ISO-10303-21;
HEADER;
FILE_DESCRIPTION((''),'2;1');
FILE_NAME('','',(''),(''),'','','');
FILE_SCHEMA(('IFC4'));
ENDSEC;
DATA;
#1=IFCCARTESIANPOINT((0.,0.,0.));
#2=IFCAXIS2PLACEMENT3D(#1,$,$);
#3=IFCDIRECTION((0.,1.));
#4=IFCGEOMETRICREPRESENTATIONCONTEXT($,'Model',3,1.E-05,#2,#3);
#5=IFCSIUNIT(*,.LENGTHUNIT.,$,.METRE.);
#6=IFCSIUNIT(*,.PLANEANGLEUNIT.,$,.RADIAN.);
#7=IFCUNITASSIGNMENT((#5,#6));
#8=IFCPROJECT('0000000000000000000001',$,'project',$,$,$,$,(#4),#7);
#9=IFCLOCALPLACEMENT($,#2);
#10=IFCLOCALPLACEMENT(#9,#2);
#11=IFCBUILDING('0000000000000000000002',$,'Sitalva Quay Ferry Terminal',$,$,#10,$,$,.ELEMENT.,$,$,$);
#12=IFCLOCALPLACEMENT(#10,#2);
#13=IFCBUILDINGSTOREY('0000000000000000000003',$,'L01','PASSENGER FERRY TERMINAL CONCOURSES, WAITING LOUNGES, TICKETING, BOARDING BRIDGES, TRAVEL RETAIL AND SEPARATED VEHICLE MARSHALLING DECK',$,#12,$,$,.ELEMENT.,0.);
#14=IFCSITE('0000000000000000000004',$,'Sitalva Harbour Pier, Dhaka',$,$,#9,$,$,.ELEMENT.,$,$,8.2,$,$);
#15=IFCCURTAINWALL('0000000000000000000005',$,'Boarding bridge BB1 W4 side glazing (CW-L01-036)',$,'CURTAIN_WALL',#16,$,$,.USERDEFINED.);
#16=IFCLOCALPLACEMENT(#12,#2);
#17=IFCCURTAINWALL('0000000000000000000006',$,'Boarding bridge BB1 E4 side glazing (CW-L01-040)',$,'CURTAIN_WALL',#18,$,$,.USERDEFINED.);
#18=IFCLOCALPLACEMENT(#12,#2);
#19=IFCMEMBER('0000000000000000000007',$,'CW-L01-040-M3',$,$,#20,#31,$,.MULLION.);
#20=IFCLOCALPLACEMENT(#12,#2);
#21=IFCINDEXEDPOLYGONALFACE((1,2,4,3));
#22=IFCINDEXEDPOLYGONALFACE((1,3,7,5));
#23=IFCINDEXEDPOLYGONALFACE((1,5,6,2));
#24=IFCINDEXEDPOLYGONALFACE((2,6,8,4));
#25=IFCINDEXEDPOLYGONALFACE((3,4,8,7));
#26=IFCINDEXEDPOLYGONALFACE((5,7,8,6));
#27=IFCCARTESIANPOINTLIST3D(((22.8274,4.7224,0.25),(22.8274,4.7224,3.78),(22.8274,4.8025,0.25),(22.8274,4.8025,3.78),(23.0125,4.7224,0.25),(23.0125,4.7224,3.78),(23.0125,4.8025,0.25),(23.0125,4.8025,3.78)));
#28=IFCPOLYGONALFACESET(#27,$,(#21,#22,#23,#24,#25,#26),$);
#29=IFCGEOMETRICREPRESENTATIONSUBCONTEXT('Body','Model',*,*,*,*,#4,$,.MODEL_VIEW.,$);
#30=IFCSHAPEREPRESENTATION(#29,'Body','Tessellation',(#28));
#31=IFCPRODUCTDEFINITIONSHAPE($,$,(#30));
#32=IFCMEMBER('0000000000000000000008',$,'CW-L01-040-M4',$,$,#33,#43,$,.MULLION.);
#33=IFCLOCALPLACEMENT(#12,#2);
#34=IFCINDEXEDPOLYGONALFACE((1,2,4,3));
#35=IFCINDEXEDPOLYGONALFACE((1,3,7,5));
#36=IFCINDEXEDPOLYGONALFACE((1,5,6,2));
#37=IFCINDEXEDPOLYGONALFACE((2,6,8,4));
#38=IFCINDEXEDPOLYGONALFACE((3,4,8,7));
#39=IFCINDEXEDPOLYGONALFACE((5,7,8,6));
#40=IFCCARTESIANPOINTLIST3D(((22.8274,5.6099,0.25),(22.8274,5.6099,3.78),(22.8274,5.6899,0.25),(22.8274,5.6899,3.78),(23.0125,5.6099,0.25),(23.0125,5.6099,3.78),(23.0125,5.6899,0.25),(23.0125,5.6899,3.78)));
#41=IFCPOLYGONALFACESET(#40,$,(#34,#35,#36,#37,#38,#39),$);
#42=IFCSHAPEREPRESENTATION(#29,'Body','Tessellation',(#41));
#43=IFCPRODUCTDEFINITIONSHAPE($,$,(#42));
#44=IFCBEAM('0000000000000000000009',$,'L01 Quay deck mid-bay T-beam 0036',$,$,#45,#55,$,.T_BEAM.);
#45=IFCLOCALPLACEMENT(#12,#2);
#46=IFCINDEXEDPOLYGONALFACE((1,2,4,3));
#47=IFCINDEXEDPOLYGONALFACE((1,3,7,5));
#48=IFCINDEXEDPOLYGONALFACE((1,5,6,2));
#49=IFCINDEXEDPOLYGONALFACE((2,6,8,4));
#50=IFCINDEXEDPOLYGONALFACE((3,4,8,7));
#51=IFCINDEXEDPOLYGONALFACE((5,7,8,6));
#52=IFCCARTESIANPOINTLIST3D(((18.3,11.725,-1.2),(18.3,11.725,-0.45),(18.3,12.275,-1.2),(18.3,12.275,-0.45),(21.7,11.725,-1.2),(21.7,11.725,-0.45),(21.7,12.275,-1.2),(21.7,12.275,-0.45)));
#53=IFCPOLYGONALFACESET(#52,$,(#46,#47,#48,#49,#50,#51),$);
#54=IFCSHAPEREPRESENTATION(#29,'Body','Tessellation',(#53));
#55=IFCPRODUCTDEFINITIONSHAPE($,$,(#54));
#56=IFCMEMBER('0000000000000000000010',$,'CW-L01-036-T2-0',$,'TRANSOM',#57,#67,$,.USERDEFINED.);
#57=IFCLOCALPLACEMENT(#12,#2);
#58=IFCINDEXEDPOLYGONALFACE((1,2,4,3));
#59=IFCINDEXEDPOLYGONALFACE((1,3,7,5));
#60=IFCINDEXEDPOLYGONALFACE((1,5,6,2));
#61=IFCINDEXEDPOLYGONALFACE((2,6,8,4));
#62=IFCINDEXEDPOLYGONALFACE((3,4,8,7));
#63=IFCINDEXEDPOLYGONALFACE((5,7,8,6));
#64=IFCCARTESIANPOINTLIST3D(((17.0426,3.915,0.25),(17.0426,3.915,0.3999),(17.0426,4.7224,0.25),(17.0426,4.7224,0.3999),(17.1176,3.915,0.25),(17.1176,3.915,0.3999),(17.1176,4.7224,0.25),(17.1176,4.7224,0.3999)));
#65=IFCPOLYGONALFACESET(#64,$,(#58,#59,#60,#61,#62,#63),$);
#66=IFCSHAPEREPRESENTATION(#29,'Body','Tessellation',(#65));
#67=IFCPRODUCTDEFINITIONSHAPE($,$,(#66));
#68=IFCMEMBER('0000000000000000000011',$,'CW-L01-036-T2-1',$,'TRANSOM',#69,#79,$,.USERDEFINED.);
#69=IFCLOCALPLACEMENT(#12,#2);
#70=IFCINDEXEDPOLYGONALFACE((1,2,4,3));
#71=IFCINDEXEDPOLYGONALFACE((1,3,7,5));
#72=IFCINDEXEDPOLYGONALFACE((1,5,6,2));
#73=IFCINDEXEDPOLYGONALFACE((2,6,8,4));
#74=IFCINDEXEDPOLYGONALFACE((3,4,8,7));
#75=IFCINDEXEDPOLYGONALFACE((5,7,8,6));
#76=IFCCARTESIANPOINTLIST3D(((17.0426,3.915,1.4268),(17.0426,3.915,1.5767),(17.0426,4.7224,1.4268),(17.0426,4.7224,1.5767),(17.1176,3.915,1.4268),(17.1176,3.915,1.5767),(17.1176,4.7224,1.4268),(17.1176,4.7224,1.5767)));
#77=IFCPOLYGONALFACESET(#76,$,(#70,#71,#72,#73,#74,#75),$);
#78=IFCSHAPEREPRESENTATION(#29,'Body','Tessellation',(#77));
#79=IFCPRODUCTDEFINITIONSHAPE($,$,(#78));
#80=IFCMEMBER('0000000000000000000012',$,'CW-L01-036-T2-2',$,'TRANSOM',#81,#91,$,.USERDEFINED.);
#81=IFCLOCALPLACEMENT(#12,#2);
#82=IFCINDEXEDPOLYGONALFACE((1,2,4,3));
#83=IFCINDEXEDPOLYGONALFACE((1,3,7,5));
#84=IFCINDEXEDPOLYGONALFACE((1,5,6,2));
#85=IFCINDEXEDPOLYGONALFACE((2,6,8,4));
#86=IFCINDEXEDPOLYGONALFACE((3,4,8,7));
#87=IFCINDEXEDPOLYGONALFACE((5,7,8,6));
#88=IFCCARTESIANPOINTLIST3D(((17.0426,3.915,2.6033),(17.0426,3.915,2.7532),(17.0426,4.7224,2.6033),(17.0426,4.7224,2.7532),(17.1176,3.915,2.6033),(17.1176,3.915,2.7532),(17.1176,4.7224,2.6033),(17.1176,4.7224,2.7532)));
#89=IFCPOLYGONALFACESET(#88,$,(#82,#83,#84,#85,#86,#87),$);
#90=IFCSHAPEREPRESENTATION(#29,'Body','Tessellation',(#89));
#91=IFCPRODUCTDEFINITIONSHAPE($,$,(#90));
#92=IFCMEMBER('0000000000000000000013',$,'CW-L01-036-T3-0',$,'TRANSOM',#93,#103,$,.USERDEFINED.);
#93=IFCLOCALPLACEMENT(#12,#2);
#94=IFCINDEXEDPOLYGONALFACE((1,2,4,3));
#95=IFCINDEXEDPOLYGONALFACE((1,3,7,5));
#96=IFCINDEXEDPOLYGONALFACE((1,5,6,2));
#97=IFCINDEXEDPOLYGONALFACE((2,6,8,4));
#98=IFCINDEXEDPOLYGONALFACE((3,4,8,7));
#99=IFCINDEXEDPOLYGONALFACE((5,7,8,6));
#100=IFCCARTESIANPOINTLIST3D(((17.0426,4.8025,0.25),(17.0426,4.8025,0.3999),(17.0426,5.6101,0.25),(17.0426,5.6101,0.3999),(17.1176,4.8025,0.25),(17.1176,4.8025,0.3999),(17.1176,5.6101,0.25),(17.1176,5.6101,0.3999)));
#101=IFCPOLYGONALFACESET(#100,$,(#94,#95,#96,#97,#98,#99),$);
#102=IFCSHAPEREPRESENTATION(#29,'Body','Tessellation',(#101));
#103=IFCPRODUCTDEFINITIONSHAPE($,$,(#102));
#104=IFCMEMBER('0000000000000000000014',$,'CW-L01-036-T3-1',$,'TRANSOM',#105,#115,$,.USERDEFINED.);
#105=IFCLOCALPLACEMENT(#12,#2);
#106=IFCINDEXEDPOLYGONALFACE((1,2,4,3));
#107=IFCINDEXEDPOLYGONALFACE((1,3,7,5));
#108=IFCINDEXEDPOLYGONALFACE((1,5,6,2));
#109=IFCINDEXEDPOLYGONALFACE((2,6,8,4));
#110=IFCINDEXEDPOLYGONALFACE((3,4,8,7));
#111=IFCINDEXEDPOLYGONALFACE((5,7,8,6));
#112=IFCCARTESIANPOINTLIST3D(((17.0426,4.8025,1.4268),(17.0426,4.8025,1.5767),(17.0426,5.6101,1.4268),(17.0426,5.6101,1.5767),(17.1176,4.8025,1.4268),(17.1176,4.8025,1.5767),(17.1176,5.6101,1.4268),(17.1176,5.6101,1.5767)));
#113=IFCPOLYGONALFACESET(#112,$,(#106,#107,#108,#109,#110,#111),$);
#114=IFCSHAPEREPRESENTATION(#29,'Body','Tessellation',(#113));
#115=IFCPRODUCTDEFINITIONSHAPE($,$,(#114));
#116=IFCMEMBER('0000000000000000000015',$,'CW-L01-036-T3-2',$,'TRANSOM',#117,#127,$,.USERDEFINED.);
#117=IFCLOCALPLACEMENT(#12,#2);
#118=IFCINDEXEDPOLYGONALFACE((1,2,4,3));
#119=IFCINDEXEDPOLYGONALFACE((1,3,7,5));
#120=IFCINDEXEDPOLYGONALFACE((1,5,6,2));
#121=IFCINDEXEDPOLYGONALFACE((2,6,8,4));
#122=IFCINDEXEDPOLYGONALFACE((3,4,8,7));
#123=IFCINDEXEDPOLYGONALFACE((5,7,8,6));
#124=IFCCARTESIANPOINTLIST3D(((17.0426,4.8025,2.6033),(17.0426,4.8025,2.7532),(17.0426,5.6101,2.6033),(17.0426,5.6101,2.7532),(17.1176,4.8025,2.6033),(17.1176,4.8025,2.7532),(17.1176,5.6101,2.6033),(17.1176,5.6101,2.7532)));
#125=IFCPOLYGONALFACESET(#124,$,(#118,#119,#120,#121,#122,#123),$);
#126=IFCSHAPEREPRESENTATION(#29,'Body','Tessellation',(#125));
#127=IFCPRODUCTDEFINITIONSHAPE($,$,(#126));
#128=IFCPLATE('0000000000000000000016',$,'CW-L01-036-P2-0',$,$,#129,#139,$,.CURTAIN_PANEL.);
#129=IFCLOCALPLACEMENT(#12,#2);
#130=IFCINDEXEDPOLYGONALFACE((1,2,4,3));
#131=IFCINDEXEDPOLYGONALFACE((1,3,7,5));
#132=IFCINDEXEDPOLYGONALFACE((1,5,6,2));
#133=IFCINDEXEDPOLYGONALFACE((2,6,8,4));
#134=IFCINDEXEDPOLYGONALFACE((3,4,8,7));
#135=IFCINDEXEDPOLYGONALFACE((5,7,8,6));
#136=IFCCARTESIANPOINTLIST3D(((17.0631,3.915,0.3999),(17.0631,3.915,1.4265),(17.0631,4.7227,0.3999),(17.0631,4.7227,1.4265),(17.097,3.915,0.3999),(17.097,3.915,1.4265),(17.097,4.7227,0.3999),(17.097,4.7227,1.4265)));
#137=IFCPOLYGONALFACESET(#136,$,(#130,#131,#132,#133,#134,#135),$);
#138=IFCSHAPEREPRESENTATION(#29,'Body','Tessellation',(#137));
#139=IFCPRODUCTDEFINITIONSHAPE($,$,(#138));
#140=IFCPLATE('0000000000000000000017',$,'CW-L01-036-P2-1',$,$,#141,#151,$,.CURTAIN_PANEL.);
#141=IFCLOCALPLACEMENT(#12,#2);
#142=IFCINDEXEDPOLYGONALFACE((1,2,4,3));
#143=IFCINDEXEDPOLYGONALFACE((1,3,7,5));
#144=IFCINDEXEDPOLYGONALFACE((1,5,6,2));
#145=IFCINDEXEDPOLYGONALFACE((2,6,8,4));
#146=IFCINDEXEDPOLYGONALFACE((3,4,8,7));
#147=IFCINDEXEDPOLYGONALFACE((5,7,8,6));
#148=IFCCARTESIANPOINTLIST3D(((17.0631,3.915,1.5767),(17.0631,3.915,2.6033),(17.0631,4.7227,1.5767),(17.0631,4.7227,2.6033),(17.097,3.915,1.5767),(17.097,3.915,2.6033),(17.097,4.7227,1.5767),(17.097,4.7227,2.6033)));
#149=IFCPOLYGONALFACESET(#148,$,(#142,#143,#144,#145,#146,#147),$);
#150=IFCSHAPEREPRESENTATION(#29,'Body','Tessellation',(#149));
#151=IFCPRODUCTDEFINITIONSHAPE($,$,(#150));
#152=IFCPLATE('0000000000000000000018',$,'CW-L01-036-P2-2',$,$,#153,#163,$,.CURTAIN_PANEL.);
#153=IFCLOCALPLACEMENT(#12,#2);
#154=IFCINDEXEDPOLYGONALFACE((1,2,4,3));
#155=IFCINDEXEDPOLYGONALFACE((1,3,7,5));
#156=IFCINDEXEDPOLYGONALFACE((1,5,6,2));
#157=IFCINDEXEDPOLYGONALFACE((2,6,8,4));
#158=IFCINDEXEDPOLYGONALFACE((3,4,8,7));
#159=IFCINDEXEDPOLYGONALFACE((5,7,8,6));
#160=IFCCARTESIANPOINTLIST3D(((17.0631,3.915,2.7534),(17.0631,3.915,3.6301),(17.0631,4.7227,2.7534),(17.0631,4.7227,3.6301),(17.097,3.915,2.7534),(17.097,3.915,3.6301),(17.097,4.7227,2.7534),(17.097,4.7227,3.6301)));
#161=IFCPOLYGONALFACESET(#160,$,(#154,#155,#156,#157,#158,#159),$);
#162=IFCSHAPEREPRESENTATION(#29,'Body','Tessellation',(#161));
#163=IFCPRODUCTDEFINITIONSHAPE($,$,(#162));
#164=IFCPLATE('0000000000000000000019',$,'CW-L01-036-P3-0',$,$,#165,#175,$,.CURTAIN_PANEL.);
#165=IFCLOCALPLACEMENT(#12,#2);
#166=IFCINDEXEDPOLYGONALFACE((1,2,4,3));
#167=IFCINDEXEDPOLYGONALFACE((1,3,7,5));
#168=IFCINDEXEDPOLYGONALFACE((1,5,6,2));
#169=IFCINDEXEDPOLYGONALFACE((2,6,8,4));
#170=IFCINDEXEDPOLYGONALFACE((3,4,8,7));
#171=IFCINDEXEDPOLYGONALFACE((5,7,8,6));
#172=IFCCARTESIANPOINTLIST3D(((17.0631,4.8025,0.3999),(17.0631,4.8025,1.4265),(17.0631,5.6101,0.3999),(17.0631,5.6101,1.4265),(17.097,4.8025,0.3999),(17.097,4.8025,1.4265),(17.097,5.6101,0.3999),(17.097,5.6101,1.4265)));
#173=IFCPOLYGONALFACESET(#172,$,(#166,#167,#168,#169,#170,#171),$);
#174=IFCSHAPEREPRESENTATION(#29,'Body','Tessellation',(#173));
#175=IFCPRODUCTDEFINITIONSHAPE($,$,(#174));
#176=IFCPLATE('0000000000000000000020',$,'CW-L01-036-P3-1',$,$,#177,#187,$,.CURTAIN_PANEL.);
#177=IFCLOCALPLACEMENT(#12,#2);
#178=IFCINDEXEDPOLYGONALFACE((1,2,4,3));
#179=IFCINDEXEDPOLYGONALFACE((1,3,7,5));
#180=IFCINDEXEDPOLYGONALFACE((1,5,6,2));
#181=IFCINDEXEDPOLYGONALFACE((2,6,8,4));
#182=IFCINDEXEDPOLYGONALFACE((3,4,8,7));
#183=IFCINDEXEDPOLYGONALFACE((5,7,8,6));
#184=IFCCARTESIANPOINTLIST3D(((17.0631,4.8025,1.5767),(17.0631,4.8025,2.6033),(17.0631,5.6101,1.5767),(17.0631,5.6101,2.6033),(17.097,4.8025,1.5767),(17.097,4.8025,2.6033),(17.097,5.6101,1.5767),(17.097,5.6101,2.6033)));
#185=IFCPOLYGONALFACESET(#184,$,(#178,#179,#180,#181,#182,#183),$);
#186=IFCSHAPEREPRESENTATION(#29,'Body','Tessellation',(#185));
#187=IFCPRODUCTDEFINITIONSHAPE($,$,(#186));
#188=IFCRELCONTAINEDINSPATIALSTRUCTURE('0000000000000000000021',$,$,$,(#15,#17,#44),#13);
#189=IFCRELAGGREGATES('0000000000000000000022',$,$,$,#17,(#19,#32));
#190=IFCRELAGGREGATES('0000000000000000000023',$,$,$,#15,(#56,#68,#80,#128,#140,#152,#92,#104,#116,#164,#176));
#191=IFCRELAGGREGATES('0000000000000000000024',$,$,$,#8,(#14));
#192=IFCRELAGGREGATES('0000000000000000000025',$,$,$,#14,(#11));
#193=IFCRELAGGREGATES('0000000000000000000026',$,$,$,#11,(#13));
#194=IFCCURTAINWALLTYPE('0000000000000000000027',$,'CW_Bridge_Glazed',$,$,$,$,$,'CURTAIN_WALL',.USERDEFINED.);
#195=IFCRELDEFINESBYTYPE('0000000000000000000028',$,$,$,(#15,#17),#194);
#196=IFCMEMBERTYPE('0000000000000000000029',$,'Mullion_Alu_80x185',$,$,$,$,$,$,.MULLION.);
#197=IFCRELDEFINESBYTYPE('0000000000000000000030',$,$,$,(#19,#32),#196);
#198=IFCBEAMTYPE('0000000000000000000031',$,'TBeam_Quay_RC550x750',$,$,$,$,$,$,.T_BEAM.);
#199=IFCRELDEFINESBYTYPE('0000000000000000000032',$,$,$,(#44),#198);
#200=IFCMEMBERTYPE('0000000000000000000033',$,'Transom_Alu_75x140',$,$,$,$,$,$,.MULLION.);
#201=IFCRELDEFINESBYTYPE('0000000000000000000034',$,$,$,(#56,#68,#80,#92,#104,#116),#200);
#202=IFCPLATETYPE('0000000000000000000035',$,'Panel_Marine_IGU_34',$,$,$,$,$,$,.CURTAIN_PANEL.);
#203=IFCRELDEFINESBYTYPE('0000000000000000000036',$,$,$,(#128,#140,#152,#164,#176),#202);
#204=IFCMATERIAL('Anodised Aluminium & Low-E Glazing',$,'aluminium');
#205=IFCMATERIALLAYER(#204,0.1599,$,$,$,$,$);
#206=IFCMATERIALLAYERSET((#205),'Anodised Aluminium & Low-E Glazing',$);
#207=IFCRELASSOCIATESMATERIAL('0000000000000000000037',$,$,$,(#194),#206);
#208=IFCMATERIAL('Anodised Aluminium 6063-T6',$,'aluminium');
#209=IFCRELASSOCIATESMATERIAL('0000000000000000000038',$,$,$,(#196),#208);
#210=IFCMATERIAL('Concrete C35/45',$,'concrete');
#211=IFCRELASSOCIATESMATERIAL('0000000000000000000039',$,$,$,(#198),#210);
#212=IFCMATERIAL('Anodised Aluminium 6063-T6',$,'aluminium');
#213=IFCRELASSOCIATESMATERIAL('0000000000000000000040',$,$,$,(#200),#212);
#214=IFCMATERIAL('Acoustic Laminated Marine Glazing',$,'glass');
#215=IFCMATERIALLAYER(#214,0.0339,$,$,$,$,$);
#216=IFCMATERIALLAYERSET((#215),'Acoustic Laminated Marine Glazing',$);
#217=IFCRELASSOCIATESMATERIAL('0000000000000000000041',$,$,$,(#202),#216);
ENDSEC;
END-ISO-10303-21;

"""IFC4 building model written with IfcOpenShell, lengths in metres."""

from ifc_helpers import new_model, si_unit, direction, frame, origin, origin_2d, place, context, subcontext, project, spatial, rectangle, extrude, material, layer, layer_set, material_profile, profile_set, type_object, element, aggregate, save


model = new_model("IFC4")

# Units and contexts
model_context = context("Model", 3, precision=1e-05, world=origin(), true_north=direction((0.0, 1.0)))
body_context = subcontext(model_context, "Body", "Model", "MODEL_VIEW")
ifc_project = project(units=[si_unit("LENGTHUNIT", "METRE"), si_unit("PLANEANGLEUNIT", "RADIAN")], contexts=[model_context])

# Site, building, storey
site_placement = place(None, origin())
site = spatial("IfcSite", under=ifc_project, at=site_placement, Name="Sitalva Harbour Pier, Dhaka", CompositionType="ELEMENT", RefElevation=8.2)
building_placement = place(site_placement, origin())
building = spatial("IfcBuilding", under=site, at=building_placement, Name="Sitalva Quay Ferry Terminal", CompositionType="ELEMENT")
storey_placement = place(building_placement, origin())
storey = spatial("IfcBuildingStorey", under=building, at=storey_placement, Name="L01", Description="PASSENGER FERRY TERMINAL CONCOURSES, WAITING LOUNGES, TICKETING, BOARDING BRIDGES, TRAVEL RETAIL AND SEPARATED VEHICLE MARSHALLING DECK", CompositionType="ELEMENT", Elevation=0.0)

# Curtain walls, members
ifc_material_1 = material(Name="Anodised Aluminium & Low-E Glazing", Category="aluminium")
ifc_layer_1 = layer(ifc_material_1, 0.1599)
ifc_layer_set_1 = layer_set([ifc_layer_1], Name="Anodised Aluminium & Low-E Glazing")
curtain_wall_type = type_object("IfcCurtainWallType", Name="CW_Bridge_Glazed", ElementType="CURTAIN_WALL", PredefinedType="USERDEFINED", material=ifc_layer_set_1)
curtain_wall_1_placement = place(storey_placement, origin())
curtain_wall_1 = element("IfcCurtainWall", 1, at=curtain_wall_1_placement, inside=storey, type_object=curtain_wall_type, Name="Boarding bridge BB1 W4 side glazing (CW-L01-036)", ObjectType="CURTAIN_WALL", PredefinedType="USERDEFINED")
ifc_material_2 = material(Name="Anodised Aluminium 6063-T6", Category="aluminium")
ifc_material_profile_1 = material_profile(ifc_material_2, rectangle(XDim=0.0801, YDim=0.1851, at=origin_2d()), Name="ALU80x185")
ifc_profile_set_1 = profile_set([ifc_material_profile_1], Name="Anodised Aluminium 6063-T6")
member_type_1 = type_object("IfcMemberType", Name="Mullion_Alu_80x185", PredefinedType="MULLION", material=ifc_profile_set_1)
curtain_wall_2_placement = place(storey_placement, origin())
curtain_wall_2 = element("IfcCurtainWall", 2, at=curtain_wall_2_placement, inside=storey, type_object=curtain_wall_type, Name="Boarding bridge BB1 E4 side glazing (CW-L01-040)", ObjectType="CURTAIN_WALL", PredefinedType="USERDEFINED")
member_1_placement = place(storey_placement, frame((22.9199, 4.7625, 0.25), z_axis=(0.0, 0.0, 1.0), x_axis=(0.0, 1.0, 0.0)))
member_1 = element("IfcMember", 3, at=member_1_placement, type_object=member_type_1, Name="CW-L01-040-M3", PredefinedType="MULLION", context=body_context, shape_type="SweptSolid", body=[
    extrude(rectangle(XDim=0.0801, YDim=0.1851, at=origin_2d()), origin(), (0.0, 0.0, 1.0), 3.53),
])
member_2_placement = place(storey_placement, frame((22.9199, 5.6499, 0.25), z_axis=(0.0, 0.0, 1.0), x_axis=(0.0, 1.0, 0.0)))
member_2 = element("IfcMember", 4, at=member_2_placement, type_object=member_type_1, Name="CW-L01-040-M4", PredefinedType="MULLION", context=body_context, shape_type="SweptSolid", body=[
    extrude(rectangle(XDim=0.0801, YDim=0.1851, at=origin_2d()), origin(), (0.0, 0.0, 1.0), 3.53),
])
aggregate(curtain_wall_2, [member_1, member_2])

# Beam
ifc_material_3 = material(Name="Concrete C35/45", Category="concrete")
ifc_material_profile_2 = material_profile(ifc_material_3, rectangle(XDim=0.55, YDim=0.75, at=origin_2d()), Name="RC550x750")
ifc_profile_set_2 = profile_set([ifc_material_profile_2], Name="Concrete C35/45")
beam_type = type_object("IfcBeamType", Name="TBeam_Quay_RC550x750", PredefinedType="T_BEAM", material=ifc_profile_set_2)
beam_placement = place(storey_placement, frame((18.3, 12.0, -0.825), z_axis=(1.0, 0.0, 0.0), x_axis=(0.0, 1.0, 0.0)))
element("IfcBeam", 5, at=beam_placement, inside=storey, type_object=beam_type, Name="L01 Quay deck mid-bay T-beam 0036", PredefinedType="T_BEAM", context=body_context, shape_type="SweptSolid", body=[
    extrude(rectangle(XDim=0.55, YDim=0.75, at=origin_2d()), origin(), (0.0, 0.0, 1.0), 3.3999),
])

# Members
ifc_material_4 = material(Name="Anodised Aluminium 6063-T6", Category="aluminium")
ifc_material_profile_3 = material_profile(ifc_material_4, rectangle(XDim=0.075, YDim=0.1499, at=origin_2d()), Name="ALU75x150")
ifc_profile_set_3 = profile_set([ifc_material_profile_3], Name="Anodised Aluminium 6063-T6")
member_type_2 = type_object("IfcMemberType", Name="Transom_Alu_75x140", PredefinedType="MULLION", material=ifc_profile_set_3)
member_3_placement = place(storey_placement, frame((17.0801, 3.915, 0.325), z_axis=(0.0, 1.0, 0.0), x_axis=(-1.0, 0.0, 0.0)))
member_3 = element("IfcMember", 6, at=member_3_placement, type_object=member_type_2, Name="CW-L01-036-T2-0", ObjectType="TRANSOM", PredefinedType="USERDEFINED", context=body_context, shape_type="SweptSolid", body=[
    extrude(rectangle(XDim=0.075, YDim=0.1499, at=origin_2d()), origin(), (0.0, 0.0, 1.0), 0.8074),
])
member_4_placement = place(storey_placement, frame((17.0801, 3.915, 1.5017), z_axis=(0.0, 1.0, 0.0), x_axis=(-1.0, 0.0, 0.0)))
member_4 = element("IfcMember", 7, at=member_4_placement, type_object=member_type_2, Name="CW-L01-036-T2-1", ObjectType="TRANSOM", PredefinedType="USERDEFINED", context=body_context, shape_type="SweptSolid", body=[
    extrude(rectangle(XDim=0.075, YDim=0.1499, at=origin_2d()), origin(), (0.0, 0.0, 1.0), 0.8074),
])
member_5_placement = place(storey_placement, frame((17.0801, 3.915, 2.6782), z_axis=(0.0, 1.0, 0.0), x_axis=(-1.0, 0.0, 0.0)))
member_5 = element("IfcMember", 8, at=member_5_placement, type_object=member_type_2, Name="CW-L01-036-T2-2", ObjectType="TRANSOM", PredefinedType="USERDEFINED", context=body_context, shape_type="SweptSolid", body=[
    extrude(rectangle(XDim=0.075, YDim=0.1499, at=origin_2d()), origin(), (0.0, 0.0, 1.0), 0.8074),
])
member_6_placement = place(storey_placement, frame((17.0801, 4.8025, 0.325), z_axis=(0.0, 1.0, 0.0), x_axis=(-1.0, 0.0, 0.0)))
member_6 = element("IfcMember", 9, at=member_6_placement, type_object=member_type_2, Name="CW-L01-036-T3-0", ObjectType="TRANSOM", PredefinedType="USERDEFINED", context=body_context, shape_type="SweptSolid", body=[
    extrude(rectangle(XDim=0.075, YDim=0.1499, at=origin_2d()), origin(), (0.0, 0.0, 1.0), 0.8076),
])
member_7_placement = place(storey_placement, frame((17.0801, 4.8025, 1.5017), z_axis=(0.0, 1.0, 0.0), x_axis=(-1.0, 0.0, 0.0)))
member_7 = element("IfcMember", 10, at=member_7_placement, type_object=member_type_2, Name="CW-L01-036-T3-1", ObjectType="TRANSOM", PredefinedType="USERDEFINED", context=body_context, shape_type="SweptSolid", body=[
    extrude(rectangle(XDim=0.075, YDim=0.1499, at=origin_2d()), origin(), (0.0, 0.0, 1.0), 0.8076),
])
member_8_placement = place(storey_placement, frame((17.0801, 4.8025, 2.6782), z_axis=(0.0, 1.0, 0.0), x_axis=(-1.0, 0.0, 0.0)))
member_8 = element("IfcMember", 11, at=member_8_placement, type_object=member_type_2, Name="CW-L01-036-T3-2", ObjectType="TRANSOM", PredefinedType="USERDEFINED", context=body_context, shape_type="SweptSolid", body=[
    extrude(rectangle(XDim=0.075, YDim=0.1499, at=origin_2d()), origin(), (0.0, 0.0, 1.0), 0.8076),
])

# Plates
ifc_material_5 = material(Name="Acoustic Laminated Marine Glazing", Category="glass")
ifc_layer_2 = layer(ifc_material_5, 0.0339)
ifc_layer_set_2 = layer_set([ifc_layer_2], Name="Acoustic Laminated Marine Glazing")
plate_type = type_object("IfcPlateType", Name="Panel_Marine_IGU_34", PredefinedType="CURTAIN_PANEL", material=ifc_layer_set_2)
plate_1_placement = place(storey_placement, frame((17.0801, 4.3188, 0.3999), z_axis=(0.0, 0.0, 1.0), x_axis=(0.0, 1.0, 0.0)))
plate_1 = element("IfcPlate", 12, at=plate_1_placement, type_object=plate_type, Name="CW-L01-036-P2-0", PredefinedType="CURTAIN_PANEL", context=body_context, shape_type="SweptSolid", body=[
    extrude(rectangle(XDim=0.8076, YDim=0.0339, at=origin_2d()), origin(), (0.0, 0.0, 1.0), 1.0266),
])
plate_2_placement = place(storey_placement, frame((17.0801, 4.3188, 1.5767), z_axis=(0.0, 0.0, 1.0), x_axis=(0.0, 1.0, 0.0)))
plate_2 = element("IfcPlate", 13, at=plate_2_placement, type_object=plate_type, Name="CW-L01-036-P2-1", PredefinedType="CURTAIN_PANEL", context=body_context, shape_type="SweptSolid", body=[
    extrude(rectangle(XDim=0.8076, YDim=0.0339, at=origin_2d()), origin(), (0.0, 0.0, 1.0), 1.0266),
])
plate_3_placement = place(storey_placement, frame((17.0801, 4.3188, 2.7534), z_axis=(0.0, 0.0, 1.0), x_axis=(0.0, 1.0, 0.0)))
plate_3 = element("IfcPlate", 14, at=plate_3_placement, type_object=plate_type, Name="CW-L01-036-P2-2", PredefinedType="CURTAIN_PANEL", context=body_context, shape_type="SweptSolid", body=[
    extrude(rectangle(XDim=0.8076, YDim=0.0339, at=origin_2d()), origin(), (0.0, 0.0, 1.0), 0.8767),
])
plate_4_placement = place(storey_placement, frame((17.0801, 5.2063, 0.3999), z_axis=(0.0, 0.0, 1.0), x_axis=(0.0, 1.0, 0.0)))
plate_4 = element("IfcPlate", 15, at=plate_4_placement, type_object=plate_type, Name="CW-L01-036-P3-0", PredefinedType="CURTAIN_PANEL", context=body_context, shape_type="SweptSolid", body=[
    extrude(rectangle(XDim=0.8076, YDim=0.0339, at=origin_2d()), origin(), (0.0, 0.0, 1.0), 1.0266),
])
plate_5_placement = place(storey_placement, frame((17.0801, 5.2063, 1.5767), z_axis=(0.0, 0.0, 1.0), x_axis=(0.0, 1.0, 0.0)))
plate_5 = element("IfcPlate", 16, at=plate_5_placement, type_object=plate_type, Name="CW-L01-036-P3-1", PredefinedType="CURTAIN_PANEL", context=body_context, shape_type="SweptSolid", body=[
    extrude(rectangle(XDim=0.8076, YDim=0.0339, at=origin_2d()), origin(), (0.0, 0.0, 1.0), 1.0266),
])
aggregate(curtain_wall_1, [member_3, member_4, member_5, plate_1, plate_2, plate_3, member_6, member_7, member_8, plate_4, plate_5])

save(model, "model.ifc")
